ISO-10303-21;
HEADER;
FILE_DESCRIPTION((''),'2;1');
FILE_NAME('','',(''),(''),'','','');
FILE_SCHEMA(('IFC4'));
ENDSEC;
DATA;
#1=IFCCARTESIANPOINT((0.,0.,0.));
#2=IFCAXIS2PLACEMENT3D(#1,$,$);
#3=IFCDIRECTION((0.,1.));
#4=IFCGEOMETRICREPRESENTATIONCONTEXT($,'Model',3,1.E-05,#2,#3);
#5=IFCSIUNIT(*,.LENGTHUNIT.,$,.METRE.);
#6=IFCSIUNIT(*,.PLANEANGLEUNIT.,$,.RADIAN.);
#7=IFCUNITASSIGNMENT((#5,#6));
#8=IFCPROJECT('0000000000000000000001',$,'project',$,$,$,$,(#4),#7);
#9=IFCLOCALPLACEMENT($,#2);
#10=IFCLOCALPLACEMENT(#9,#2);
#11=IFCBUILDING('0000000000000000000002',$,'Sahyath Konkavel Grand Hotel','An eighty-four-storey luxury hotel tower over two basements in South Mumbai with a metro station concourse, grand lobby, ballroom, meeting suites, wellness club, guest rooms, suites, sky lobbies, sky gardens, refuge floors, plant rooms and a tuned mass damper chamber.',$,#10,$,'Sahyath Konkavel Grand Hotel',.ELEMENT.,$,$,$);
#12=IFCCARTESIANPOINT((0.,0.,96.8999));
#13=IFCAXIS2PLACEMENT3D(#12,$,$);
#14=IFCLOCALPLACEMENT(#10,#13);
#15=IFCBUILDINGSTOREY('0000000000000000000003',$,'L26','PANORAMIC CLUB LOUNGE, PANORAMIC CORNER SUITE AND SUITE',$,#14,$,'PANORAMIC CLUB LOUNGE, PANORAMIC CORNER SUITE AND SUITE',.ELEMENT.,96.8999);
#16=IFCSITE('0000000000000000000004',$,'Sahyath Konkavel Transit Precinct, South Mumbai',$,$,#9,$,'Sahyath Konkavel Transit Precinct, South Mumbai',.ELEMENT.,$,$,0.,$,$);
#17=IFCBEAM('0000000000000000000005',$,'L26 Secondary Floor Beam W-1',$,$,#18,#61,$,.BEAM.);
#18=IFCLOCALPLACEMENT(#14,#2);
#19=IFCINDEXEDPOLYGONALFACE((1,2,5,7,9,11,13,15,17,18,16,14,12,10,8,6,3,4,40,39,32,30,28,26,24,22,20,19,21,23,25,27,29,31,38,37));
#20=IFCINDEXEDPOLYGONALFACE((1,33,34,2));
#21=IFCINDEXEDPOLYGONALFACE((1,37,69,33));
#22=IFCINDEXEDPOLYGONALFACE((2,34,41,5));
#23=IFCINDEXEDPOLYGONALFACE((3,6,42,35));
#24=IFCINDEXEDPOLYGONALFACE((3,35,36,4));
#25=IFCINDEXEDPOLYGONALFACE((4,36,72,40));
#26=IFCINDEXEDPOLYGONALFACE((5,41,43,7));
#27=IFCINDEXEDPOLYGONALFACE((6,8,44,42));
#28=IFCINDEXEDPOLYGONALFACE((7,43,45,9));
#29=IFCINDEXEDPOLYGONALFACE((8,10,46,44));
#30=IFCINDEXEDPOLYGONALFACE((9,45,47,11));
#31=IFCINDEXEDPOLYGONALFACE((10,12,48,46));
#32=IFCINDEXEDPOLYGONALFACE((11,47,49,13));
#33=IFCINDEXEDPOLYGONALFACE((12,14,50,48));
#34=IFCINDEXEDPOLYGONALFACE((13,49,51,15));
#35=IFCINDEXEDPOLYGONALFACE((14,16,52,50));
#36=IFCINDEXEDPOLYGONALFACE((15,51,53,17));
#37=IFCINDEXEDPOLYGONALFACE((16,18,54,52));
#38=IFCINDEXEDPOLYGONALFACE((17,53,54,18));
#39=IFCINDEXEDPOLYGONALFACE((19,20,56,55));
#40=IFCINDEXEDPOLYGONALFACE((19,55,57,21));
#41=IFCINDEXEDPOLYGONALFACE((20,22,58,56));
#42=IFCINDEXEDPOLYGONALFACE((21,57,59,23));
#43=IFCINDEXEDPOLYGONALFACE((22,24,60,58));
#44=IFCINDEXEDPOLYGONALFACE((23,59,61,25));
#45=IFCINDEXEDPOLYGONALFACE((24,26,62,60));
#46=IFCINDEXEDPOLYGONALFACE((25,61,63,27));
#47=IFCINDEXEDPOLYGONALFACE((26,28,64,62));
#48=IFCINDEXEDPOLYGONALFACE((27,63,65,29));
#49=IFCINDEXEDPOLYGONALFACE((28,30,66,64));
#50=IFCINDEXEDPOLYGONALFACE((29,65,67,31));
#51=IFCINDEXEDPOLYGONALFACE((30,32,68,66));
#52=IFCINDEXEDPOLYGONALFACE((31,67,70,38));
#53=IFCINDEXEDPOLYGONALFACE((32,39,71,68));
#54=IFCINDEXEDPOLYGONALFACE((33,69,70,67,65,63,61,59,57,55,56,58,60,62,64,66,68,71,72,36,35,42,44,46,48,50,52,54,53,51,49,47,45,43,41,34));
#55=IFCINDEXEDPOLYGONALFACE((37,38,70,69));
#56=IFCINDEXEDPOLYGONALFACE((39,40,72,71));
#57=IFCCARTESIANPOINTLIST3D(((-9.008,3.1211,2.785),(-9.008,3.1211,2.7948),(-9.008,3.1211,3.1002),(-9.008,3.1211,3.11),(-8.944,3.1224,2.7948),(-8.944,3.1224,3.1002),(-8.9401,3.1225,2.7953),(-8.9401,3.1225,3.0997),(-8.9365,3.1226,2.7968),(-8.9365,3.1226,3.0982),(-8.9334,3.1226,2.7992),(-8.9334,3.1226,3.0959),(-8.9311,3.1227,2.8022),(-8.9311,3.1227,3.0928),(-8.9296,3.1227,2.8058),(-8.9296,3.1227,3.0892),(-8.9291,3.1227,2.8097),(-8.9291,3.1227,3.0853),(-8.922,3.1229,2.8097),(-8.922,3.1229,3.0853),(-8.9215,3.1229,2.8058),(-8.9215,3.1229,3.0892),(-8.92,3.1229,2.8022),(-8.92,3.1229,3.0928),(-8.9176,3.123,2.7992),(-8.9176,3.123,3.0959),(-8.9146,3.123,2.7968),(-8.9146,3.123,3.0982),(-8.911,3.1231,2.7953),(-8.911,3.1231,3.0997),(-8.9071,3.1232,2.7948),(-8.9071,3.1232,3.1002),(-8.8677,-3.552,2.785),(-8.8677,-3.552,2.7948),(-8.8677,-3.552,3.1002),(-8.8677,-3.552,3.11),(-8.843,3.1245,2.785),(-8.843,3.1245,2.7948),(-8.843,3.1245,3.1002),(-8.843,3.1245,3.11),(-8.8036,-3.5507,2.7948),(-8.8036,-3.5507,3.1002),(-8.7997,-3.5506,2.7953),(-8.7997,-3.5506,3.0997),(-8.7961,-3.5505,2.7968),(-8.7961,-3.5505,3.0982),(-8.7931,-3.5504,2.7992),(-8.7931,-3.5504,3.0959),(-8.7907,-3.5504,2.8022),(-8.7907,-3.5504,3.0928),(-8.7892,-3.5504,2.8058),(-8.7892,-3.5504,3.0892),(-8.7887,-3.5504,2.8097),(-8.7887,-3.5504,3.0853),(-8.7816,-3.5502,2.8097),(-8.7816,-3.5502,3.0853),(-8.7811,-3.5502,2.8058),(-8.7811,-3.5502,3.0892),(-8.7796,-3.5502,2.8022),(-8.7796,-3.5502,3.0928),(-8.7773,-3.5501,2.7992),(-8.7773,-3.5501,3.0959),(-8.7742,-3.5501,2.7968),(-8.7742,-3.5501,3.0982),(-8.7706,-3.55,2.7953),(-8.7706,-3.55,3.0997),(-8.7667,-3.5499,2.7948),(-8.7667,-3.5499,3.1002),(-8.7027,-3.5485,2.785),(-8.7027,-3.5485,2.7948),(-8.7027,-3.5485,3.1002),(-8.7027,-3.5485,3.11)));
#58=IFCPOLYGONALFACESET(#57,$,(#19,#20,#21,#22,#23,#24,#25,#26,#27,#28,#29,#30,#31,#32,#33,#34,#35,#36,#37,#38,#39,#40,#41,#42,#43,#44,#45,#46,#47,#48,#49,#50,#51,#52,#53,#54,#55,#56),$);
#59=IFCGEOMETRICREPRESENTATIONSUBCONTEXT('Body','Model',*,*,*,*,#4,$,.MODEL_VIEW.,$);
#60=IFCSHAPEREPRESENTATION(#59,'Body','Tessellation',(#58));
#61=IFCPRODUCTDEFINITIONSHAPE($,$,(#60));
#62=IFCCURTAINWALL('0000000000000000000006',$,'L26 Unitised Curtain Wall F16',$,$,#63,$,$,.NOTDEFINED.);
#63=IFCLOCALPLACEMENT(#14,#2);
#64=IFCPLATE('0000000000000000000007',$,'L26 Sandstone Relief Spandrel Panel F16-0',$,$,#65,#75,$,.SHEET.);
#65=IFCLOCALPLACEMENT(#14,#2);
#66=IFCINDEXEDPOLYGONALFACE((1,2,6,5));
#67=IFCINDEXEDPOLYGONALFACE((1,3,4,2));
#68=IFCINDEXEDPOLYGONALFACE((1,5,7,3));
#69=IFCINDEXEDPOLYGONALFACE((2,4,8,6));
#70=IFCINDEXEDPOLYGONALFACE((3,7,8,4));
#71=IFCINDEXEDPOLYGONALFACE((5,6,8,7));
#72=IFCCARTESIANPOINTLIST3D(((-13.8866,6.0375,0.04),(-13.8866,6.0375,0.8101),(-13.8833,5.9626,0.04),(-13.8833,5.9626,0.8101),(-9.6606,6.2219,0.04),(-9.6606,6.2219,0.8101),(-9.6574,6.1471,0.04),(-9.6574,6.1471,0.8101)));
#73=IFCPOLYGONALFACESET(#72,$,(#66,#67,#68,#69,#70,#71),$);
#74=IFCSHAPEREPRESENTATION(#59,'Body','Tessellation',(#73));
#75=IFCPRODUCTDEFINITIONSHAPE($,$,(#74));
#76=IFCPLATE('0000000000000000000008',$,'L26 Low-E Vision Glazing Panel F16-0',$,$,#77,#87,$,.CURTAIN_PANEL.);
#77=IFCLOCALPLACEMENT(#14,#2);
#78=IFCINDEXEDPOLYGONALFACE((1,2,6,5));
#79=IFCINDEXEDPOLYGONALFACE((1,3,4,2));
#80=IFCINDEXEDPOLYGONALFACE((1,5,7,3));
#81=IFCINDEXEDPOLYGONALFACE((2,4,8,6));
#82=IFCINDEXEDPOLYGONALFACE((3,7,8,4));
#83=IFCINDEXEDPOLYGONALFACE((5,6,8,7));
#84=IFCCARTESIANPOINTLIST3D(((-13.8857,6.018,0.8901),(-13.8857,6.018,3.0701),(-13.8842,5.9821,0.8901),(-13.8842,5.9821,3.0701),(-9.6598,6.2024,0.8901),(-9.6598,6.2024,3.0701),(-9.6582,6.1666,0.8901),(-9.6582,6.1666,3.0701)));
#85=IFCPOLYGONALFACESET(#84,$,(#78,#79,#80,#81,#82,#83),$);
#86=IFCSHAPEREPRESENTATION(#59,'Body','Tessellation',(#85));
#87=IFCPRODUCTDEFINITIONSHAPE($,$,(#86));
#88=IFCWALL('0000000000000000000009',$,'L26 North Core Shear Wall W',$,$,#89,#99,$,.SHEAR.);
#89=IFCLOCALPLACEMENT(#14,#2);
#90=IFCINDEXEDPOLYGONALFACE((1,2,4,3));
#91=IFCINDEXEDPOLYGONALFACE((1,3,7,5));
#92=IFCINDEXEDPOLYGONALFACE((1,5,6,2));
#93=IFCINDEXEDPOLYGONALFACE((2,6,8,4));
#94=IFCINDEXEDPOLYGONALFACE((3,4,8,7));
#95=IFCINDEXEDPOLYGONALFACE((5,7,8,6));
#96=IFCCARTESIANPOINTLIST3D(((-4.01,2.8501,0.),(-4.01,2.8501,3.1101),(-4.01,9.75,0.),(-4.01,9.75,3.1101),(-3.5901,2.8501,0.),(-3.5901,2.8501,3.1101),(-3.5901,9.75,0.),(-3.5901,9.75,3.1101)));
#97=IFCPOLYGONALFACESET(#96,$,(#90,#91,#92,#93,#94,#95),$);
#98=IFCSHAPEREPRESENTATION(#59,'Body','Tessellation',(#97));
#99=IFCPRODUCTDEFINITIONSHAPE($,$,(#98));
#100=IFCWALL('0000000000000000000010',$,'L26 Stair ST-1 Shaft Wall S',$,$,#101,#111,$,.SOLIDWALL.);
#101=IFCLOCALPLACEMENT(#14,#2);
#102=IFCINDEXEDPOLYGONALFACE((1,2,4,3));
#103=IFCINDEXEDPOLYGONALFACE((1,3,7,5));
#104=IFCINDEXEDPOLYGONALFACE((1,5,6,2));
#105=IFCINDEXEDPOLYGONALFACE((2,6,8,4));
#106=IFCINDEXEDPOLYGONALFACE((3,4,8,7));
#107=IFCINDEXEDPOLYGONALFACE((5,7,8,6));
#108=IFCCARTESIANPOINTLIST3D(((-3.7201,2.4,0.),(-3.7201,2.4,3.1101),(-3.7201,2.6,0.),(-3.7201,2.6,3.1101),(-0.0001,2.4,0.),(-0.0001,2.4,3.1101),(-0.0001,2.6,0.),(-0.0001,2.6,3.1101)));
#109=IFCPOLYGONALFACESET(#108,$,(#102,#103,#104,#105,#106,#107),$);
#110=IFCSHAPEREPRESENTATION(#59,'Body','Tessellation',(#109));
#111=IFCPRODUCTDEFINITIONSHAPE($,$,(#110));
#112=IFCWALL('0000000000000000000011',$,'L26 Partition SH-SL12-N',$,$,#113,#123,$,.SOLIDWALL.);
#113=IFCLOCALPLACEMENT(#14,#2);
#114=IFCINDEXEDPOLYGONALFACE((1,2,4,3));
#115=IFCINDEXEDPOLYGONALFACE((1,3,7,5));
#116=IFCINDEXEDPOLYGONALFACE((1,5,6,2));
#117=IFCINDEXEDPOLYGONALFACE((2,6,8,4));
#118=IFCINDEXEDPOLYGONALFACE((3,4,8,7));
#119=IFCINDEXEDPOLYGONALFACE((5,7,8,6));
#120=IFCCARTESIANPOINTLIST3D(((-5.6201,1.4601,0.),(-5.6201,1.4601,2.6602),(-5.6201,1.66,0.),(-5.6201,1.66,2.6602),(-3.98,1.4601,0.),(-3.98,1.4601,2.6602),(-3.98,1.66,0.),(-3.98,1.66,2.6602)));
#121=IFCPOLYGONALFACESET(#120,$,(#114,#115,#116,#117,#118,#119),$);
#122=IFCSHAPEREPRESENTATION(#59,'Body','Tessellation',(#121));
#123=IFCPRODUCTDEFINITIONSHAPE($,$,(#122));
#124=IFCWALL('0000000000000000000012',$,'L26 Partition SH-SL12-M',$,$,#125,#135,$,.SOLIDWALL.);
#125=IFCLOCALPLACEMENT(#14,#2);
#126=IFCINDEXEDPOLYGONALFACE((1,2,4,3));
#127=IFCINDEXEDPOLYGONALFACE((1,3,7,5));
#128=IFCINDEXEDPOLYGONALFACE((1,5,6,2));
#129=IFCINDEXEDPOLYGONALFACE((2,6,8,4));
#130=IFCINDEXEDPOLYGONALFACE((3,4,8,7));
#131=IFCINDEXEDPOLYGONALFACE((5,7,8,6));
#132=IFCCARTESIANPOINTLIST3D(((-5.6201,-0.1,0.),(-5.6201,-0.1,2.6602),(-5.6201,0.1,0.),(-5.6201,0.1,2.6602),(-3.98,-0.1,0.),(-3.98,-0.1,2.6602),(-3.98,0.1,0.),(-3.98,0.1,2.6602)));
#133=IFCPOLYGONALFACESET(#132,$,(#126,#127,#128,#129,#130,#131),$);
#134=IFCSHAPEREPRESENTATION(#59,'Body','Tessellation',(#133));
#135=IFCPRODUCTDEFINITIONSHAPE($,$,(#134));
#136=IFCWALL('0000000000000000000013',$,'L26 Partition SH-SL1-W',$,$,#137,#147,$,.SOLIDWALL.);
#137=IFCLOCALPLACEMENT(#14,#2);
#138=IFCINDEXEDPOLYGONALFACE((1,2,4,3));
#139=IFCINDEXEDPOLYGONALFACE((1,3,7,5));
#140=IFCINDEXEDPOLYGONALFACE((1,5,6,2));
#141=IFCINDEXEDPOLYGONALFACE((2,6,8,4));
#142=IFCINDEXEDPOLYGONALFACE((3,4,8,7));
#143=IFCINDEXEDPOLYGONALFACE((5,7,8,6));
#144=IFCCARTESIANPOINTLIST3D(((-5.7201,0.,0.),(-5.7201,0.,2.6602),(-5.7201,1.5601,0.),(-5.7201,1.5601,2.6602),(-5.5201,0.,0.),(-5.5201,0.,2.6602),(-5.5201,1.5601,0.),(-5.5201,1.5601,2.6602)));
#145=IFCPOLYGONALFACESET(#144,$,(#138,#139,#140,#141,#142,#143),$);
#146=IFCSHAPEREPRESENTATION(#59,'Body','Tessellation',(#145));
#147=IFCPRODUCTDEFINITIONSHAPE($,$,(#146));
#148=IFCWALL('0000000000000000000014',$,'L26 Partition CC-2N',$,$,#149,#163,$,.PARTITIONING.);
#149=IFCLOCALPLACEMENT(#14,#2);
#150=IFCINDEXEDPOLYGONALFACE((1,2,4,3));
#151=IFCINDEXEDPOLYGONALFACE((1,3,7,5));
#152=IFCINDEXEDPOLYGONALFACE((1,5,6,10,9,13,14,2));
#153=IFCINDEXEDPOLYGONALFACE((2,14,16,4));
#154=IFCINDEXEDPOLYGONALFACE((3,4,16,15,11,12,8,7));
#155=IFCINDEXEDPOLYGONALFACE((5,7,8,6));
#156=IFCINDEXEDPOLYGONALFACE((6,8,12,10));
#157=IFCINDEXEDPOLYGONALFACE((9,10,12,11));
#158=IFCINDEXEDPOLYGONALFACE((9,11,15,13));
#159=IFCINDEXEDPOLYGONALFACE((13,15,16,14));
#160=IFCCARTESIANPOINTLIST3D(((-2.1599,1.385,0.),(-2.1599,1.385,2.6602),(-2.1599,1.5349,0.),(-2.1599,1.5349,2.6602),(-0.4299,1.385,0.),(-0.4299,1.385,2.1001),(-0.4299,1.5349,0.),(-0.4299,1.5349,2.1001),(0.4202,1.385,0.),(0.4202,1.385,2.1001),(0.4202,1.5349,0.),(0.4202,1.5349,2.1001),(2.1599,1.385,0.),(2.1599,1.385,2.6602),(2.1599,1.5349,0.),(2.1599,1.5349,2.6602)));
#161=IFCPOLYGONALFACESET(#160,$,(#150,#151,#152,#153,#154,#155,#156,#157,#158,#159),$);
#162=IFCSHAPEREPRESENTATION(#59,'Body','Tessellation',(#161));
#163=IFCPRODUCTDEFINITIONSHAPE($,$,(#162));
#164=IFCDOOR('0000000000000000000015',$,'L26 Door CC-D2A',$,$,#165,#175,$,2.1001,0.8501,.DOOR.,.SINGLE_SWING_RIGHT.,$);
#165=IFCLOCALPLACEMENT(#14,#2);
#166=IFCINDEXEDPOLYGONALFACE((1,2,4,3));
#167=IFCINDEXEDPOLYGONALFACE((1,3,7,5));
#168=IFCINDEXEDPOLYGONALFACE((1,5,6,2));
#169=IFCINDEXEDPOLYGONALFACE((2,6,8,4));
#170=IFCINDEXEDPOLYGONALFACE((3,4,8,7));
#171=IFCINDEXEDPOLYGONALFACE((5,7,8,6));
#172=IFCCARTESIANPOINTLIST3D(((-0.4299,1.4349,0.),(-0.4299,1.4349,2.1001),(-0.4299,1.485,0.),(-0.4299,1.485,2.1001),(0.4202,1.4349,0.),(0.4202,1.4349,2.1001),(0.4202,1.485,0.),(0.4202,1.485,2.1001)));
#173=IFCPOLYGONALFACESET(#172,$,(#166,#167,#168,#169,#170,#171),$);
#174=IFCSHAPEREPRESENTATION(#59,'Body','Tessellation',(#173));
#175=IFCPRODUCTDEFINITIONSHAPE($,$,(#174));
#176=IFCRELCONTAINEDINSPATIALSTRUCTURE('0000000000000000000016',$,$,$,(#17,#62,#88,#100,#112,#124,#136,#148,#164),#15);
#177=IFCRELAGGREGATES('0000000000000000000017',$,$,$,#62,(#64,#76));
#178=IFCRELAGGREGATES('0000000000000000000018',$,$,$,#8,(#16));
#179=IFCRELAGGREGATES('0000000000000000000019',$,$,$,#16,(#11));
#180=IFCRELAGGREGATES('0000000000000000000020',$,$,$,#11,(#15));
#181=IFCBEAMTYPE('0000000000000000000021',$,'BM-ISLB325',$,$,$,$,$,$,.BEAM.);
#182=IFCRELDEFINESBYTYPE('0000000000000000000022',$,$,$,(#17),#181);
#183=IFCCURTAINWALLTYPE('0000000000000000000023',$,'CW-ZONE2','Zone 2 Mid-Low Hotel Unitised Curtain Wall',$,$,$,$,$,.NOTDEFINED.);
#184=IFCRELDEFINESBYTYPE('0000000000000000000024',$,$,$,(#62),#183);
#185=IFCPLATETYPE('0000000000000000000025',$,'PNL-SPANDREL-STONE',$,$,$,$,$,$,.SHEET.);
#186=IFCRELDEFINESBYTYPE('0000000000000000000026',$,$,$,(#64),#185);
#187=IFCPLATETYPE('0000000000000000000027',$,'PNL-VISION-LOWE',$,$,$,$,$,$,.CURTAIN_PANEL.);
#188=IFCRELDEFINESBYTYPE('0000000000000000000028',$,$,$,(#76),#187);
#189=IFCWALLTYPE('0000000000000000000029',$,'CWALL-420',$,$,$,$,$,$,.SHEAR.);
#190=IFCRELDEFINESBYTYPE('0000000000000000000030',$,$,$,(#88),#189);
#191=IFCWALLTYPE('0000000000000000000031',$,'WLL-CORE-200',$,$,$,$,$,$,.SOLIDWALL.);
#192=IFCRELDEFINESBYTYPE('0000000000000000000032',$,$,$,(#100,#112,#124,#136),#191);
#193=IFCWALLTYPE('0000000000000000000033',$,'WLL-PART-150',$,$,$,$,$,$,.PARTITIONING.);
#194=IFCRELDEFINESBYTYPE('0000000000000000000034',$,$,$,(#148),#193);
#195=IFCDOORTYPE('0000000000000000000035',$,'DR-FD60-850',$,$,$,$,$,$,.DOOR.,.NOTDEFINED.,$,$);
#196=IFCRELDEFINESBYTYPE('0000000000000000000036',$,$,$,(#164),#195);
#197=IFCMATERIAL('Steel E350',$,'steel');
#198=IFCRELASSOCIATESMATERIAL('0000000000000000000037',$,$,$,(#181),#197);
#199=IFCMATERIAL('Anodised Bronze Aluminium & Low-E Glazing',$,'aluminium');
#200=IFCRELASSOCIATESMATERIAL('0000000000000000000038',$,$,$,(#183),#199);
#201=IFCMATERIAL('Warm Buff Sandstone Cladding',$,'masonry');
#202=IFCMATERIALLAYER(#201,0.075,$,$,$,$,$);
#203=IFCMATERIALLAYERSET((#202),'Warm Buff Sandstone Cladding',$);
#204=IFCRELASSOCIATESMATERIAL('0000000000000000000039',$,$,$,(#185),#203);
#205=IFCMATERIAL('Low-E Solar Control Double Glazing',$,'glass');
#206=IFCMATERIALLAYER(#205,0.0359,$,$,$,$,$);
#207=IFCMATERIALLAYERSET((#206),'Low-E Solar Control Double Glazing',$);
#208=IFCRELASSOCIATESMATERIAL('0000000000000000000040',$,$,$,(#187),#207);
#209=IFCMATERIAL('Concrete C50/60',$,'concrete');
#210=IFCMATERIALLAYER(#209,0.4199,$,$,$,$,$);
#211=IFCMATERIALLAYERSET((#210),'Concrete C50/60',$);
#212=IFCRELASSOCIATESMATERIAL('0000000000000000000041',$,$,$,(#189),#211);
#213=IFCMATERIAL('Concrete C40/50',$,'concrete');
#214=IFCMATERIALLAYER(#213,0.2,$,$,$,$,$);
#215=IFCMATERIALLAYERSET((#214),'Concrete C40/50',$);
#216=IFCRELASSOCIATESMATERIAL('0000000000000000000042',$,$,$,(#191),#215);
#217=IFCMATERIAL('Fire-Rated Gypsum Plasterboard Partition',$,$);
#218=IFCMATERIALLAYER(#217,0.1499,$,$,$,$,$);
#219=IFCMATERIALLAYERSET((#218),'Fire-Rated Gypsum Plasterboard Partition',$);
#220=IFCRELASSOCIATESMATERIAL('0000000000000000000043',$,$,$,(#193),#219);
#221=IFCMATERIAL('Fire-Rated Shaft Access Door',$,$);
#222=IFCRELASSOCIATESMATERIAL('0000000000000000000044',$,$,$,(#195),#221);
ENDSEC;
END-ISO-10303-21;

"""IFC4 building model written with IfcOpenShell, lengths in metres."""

from ifc_helpers import new_model, si_unit, direction, frame, frame_2d, origin, origin_2d, place, context, subcontext, project, spatial, rectangle, i_section, extrude, source, transform, mapped, material, layer, layer_set, material_profile, profile_set, type_object, element, fill, aggregate, save


model = new_model("IFC4")

# Units and contexts
model_context = context("Model", 3, precision=1e-05, world=origin(), true_north=direction((0.0, 1.0)))
body_context = subcontext(model_context, "Body", "Model", "MODEL_VIEW")
ifc_project = project(units=[si_unit("LENGTHUNIT", "METRE"), si_unit("PLANEANGLEUNIT", "RADIAN")], contexts=[model_context])

# Site, building, storey
site_placement = place(None, origin())
site = spatial("IfcSite", under=ifc_project, at=site_placement, Name="Sahyath Konkavel Transit Precinct, South Mumbai", LongName="Sahyath Konkavel Transit Precinct, South Mumbai", CompositionType="ELEMENT", RefElevation=0.0)
building_placement = place(site_placement, origin())
building = spatial("IfcBuilding", under=site, at=building_placement, Name="Sahyath Konkavel Grand Hotel", Description="An eighty-four-storey luxury hotel tower over two basements in South Mumbai with a metro station concourse, grand lobby, ballroom, meeting suites, wellness club, guest rooms, suites, sky lobbies, sky gardens, refuge floors, plant rooms and a tuned mass damper chamber.", LongName="Sahyath Konkavel Grand Hotel", CompositionType="ELEMENT")
storey_placement = place(building_placement, frame((0.0, 0.0, 96.8999)))
storey = spatial("IfcBuildingStorey", under=building, at=storey_placement, Name="L26", Description="PANORAMIC CLUB LOUNGE, PANORAMIC CORNER SUITE AND SUITE", LongName="PANORAMIC CLUB LOUNGE, PANORAMIC CORNER SUITE AND SUITE", CompositionType="ELEMENT", Elevation=96.8999)

# Shared definitions
ifc_material_1 = material(Name="Concrete C50/60", Category="concrete")

# Beam
ifc_material_2 = material(Name="Steel E350", Category="steel")
ifc_material_profile_1 = material_profile(ifc_material_2, i_section(OverallWidth=0.165, OverallDepth=0.325, WebThickness=0.0071, FlangeThickness=0.0098, FilletRadius=0.0149, at=origin_2d()), Name="ISLB 325")
ifc_profile_set_1 = profile_set([ifc_material_profile_1], Name="Steel E350")
beam_type_1 = type_object("IfcBeamType", Name="BM-ISLB325", PredefinedType="BEAM", material=ifc_profile_set_1)
shared_shape_1 = source(origin(), body_context, "Body", "SweptSolid", [
    extrude(i_section(OverallWidth=0.165, OverallDepth=0.325, WebThickness=0.0071, FlangeThickness=0.0098, FilletRadius=0.0149, at=origin_2d()), origin(), (0.0, 0.0, 1.0), 6.6746),
])
beam_1_placement = place(storey_placement, frame((-8.9255, 3.1228, 2.9475), z_axis=(0.021032, -0.999779, 0.0), x_axis=(0.999779, 0.021032, 0.0)))
element("IfcBeam", 1, at=beam_1_placement, inside=storey, type_object=beam_type_1, Name="L26 Secondary Floor Beam W-1", PredefinedType="BEAM", context=body_context, shape_type="MappedRepresentation", body=[
    mapped(shared_shape_1, transform((0.0, 0.0, 0.0), scale=1.0)),
])

# Curtain wall, plates
ifc_material_3 = material(Name="Anodised Bronze Aluminium & Low-E Glazing", Category="aluminium")
curtain_wall_type = type_object("IfcCurtainWallType", Name="CW-ZONE2", Description="Zone 2 Mid-Low Hotel Unitised Curtain Wall", PredefinedType="NOTDEFINED", material=ifc_material_3)
curtain_wall_placement = place(storey_placement, origin())
curtain_wall = element("IfcCurtainWall", 2, at=curtain_wall_placement, inside=storey, type_object=curtain_wall_type, Name="L26 Unitised Curtain Wall F16", PredefinedType="NOTDEFINED")
ifc_material_4 = material(Name="Warm Buff Sandstone Cladding", Category="masonry")
ifc_layer_1 = layer(ifc_material_4, 0.075)
ifc_layer_set_1 = layer_set([ifc_layer_1], Name="Warm Buff Sandstone Cladding")
plate_type_1 = type_object("IfcPlateType", Name="PNL-SPANDREL-STONE", PredefinedType="SHEET", material=ifc_layer_set_1)
shared_shape_2 = source(origin(), body_context, "Body", "SweptSolid", [
    extrude(rectangle(XDim=4.23, YDim=0.075, at=origin_2d()), origin(), (0.0, 0.0, 1.0), 0.77),
])
plate_1_placement = place(storey_placement, frame((-11.772, 6.0923, 0.04), z_axis=(0.0, 0.0, 1.0), x_axis=(-0.999049, -0.043602, 0.0)))
plate_1 = element("IfcPlate", 3, at=plate_1_placement, type_object=plate_type_1, Name="L26 Sandstone Relief Spandrel Panel F16-0", PredefinedType="SHEET", context=body_context, shape_type="MappedRepresentation", body=[
    mapped(shared_shape_2, transform((0.0, 0.0, 0.0), scale=1.0)),
])
ifc_material_5 = material(Name="Low-E Solar Control Double Glazing", Category="glass")
ifc_layer_2 = layer(ifc_material_5, 0.0359)
ifc_layer_set_2 = layer_set([ifc_layer_2], Name="Low-E Solar Control Double Glazing")
plate_type_2 = type_object("IfcPlateType", Name="PNL-VISION-LOWE", PredefinedType="CURTAIN_PANEL", material=ifc_layer_set_2)
shared_shape_3 = source(origin(), body_context, "Body", "SweptSolid", [
    extrude(rectangle(XDim=4.23, YDim=0.0359, at=origin_2d()), origin(), (0.0, 0.0, 1.0), 2.1799),
])
plate_2_placement = place(storey_placement, frame((-11.772, 6.0923, 0.8901), z_axis=(0.0, 0.0, 1.0), x_axis=(-0.999049, -0.043602, 0.0)))
plate_2 = element("IfcPlate", 4, at=plate_2_placement, type_object=plate_type_2, Name="L26 Low-E Vision Glazing Panel F16-0", PredefinedType="CURTAIN_PANEL", context=body_context, shape_type="MappedRepresentation", body=[
    mapped(shared_shape_3, transform((0.0, 0.0, 0.0), scale=1.0)),
])
aggregate(curtain_wall, [plate_1, plate_2])

# Walls
ifc_layer_3 = layer(ifc_material_1, 0.4199)
ifc_layer_set_3 = layer_set([ifc_layer_3], Name="Concrete C50/60")
wall_type_1 = type_object("IfcWallType", Name="CWALL-420", PredefinedType="SHEAR", material=ifc_layer_set_3)
wall_1_placement = place(storey_placement, frame((-3.8, 2.8501, 0.0), z_axis=(0.0, 0.0, 1.0), x_axis=(0.0, 1.0, 0.0)))
element("IfcWall", 5, at=wall_1_placement, inside=storey, type_object=wall_type_1, Name="L26 North Core Shear Wall W", PredefinedType="SHEAR", context=body_context, shape_type="SweptSolid", body=[
    extrude(rectangle(XDim=6.8999, YDim=0.4199, at=frame_2d((3.45, 0.0))), origin(), (0.0, 0.0, 1.0), 3.1101),
])
ifc_material_6 = material(Name="Concrete C40/50", Category="concrete")
ifc_layer_4 = layer(ifc_material_6, 0.2)
ifc_layer_set_4 = layer_set([ifc_layer_4], Name="Concrete C40/50")
wall_type_2 = type_object("IfcWallType", Name="WLL-CORE-200", PredefinedType="SOLIDWALL", material=ifc_layer_set_4)
wall_2_placement = place(storey_placement, frame((-3.72, 2.5, 0.0), z_axis=(0.0, 0.0, 1.0), x_axis=(1.0, 0.0, 0.0)))
element("IfcWall", 6, at=wall_2_placement, inside=storey, type_object=wall_type_2, Name="L26 Stair ST-1 Shaft Wall S", PredefinedType="SOLIDWALL", context=body_context, shape_type="SweptSolid", body=[
    extrude(rectangle(XDim=3.72, YDim=0.2, at=frame_2d((1.8599, 0.0))), origin(), (0.0, 0.0, 1.0), 3.1101),
])
for number, where, z_axis, x_axis, name in (
    (7, (-5.6201, 1.5601, 0.0), (0.0, 0.0, 1.0), (1.0, 0.0, 0.0), "L26 Partition SH-SL12-N"),
    (8, (-5.6201, 0.0, 0.0), (0.0, 0.0, 1.0), (1.0, 0.0, 0.0), "L26 Partition SH-SL12-M"),
):
    element("IfcWall", number, at=place(storey_placement, frame(where, z_axis=z_axis, x_axis=x_axis)), inside=storey, type_object=wall_type_2, Name=name, PredefinedType="SOLIDWALL", context=body_context, shape_type="SweptSolid", body=[
        extrude(rectangle(XDim=1.6401, YDim=0.2, at=frame_2d((0.8201, 0.0))), origin(), (0.0, 0.0, 1.0), 2.6602),
    ])
wall_3_placement = place(storey_placement, frame((-5.6201, 0.0, 0.0), z_axis=(0.0, 0.0, 1.0), x_axis=(0.0, 1.0, 0.0)))
element("IfcWall", 9, at=wall_3_placement, inside=storey, type_object=wall_type_2, Name="L26 Partition SH-SL1-W", PredefinedType="SOLIDWALL", context=body_context, shape_type="SweptSolid", body=[
    extrude(rectangle(XDim=1.5601, YDim=0.2, at=frame_2d((0.78, 0.0))), origin(), (0.0, 0.0, 1.0), 2.6602),
])

# Wall, opening, door
ifc_material_7 = material(Name="Fire-Rated Gypsum Plasterboard Partition")
ifc_layer_5 = layer(ifc_material_7, 0.1499)
ifc_layer_set_5 = layer_set([ifc_layer_5], Name="Fire-Rated Gypsum Plasterboard Partition")
wall_type_3 = type_object("IfcWallType", Name="WLL-PART-150", PredefinedType="PARTITIONING", material=ifc_layer_set_5)
wall_4_placement = place(storey_placement, frame((-2.1599, 1.46, 0.0), z_axis=(0.0, 0.0, 1.0), x_axis=(1.0, 0.0, 0.0)))
wall_4 = element("IfcWall", 10, at=wall_4_placement, inside=storey, type_object=wall_type_3, Name="L26 Partition CC-2N", PredefinedType="PARTITIONING", context=body_context, shape_type="SweptSolid", body=[
    extrude(rectangle(XDim=4.3198, YDim=0.1499, at=frame_2d((2.1599, 0.0))), origin(), (0.0, 0.0, 1.0), 2.6602),
])
opening_placement = place(wall_4_placement, frame((1.73, 0.0, 0.0)))
opening = element("IfcOpeningElement", 11, at=opening_placement, cuts=wall_4, PredefinedType="OPENING", context=body_context, shape_type="SweptSolid", body=[
    extrude(rectangle(XDim=0.8501, YDim=2.1001, at=frame_2d((0.425, 1.05))), frame((0.0, 0.085, 0.0), z_axis=(0.0, -1.0, 0.0), x_axis=(1.0, 0.0, 0.0)), (0.0, 0.0, 1.0), 0.1699),
])
ifc_material_8 = material(Name="Fire-Rated Shaft Access Door")
door_type = type_object("IfcDoorType", Name="DR-FD60-850", OperationType="NOTDEFINED", PredefinedType="DOOR", material=ifc_material_8)
shared_shape_4 = source(origin(), body_context, "Body", "SweptSolid", [
    extrude(rectangle(XDim=0.8501, YDim=0.05, at=origin_2d()), origin(), (0.0, 0.0, 1.0), 2.1001),
])
door_placement = place(opening_placement, frame((0.425, 0.0, 0.0)))
door = element("IfcDoor", 12, at=door_placement, inside=storey, type_object=door_type, Name="L26 Door CC-D2A", OperationType="SINGLE_SWING_RIGHT", OverallHeight=2.1001, OverallWidth=0.8501, PredefinedType="DOOR", context=body_context, shape_type="MappedRepresentation", body=[
    mapped(shared_shape_4, transform((0.0, 0.0, 0.0), scale=1.0)),
])
fill(opening, door)

save(model, "model.ifc")
